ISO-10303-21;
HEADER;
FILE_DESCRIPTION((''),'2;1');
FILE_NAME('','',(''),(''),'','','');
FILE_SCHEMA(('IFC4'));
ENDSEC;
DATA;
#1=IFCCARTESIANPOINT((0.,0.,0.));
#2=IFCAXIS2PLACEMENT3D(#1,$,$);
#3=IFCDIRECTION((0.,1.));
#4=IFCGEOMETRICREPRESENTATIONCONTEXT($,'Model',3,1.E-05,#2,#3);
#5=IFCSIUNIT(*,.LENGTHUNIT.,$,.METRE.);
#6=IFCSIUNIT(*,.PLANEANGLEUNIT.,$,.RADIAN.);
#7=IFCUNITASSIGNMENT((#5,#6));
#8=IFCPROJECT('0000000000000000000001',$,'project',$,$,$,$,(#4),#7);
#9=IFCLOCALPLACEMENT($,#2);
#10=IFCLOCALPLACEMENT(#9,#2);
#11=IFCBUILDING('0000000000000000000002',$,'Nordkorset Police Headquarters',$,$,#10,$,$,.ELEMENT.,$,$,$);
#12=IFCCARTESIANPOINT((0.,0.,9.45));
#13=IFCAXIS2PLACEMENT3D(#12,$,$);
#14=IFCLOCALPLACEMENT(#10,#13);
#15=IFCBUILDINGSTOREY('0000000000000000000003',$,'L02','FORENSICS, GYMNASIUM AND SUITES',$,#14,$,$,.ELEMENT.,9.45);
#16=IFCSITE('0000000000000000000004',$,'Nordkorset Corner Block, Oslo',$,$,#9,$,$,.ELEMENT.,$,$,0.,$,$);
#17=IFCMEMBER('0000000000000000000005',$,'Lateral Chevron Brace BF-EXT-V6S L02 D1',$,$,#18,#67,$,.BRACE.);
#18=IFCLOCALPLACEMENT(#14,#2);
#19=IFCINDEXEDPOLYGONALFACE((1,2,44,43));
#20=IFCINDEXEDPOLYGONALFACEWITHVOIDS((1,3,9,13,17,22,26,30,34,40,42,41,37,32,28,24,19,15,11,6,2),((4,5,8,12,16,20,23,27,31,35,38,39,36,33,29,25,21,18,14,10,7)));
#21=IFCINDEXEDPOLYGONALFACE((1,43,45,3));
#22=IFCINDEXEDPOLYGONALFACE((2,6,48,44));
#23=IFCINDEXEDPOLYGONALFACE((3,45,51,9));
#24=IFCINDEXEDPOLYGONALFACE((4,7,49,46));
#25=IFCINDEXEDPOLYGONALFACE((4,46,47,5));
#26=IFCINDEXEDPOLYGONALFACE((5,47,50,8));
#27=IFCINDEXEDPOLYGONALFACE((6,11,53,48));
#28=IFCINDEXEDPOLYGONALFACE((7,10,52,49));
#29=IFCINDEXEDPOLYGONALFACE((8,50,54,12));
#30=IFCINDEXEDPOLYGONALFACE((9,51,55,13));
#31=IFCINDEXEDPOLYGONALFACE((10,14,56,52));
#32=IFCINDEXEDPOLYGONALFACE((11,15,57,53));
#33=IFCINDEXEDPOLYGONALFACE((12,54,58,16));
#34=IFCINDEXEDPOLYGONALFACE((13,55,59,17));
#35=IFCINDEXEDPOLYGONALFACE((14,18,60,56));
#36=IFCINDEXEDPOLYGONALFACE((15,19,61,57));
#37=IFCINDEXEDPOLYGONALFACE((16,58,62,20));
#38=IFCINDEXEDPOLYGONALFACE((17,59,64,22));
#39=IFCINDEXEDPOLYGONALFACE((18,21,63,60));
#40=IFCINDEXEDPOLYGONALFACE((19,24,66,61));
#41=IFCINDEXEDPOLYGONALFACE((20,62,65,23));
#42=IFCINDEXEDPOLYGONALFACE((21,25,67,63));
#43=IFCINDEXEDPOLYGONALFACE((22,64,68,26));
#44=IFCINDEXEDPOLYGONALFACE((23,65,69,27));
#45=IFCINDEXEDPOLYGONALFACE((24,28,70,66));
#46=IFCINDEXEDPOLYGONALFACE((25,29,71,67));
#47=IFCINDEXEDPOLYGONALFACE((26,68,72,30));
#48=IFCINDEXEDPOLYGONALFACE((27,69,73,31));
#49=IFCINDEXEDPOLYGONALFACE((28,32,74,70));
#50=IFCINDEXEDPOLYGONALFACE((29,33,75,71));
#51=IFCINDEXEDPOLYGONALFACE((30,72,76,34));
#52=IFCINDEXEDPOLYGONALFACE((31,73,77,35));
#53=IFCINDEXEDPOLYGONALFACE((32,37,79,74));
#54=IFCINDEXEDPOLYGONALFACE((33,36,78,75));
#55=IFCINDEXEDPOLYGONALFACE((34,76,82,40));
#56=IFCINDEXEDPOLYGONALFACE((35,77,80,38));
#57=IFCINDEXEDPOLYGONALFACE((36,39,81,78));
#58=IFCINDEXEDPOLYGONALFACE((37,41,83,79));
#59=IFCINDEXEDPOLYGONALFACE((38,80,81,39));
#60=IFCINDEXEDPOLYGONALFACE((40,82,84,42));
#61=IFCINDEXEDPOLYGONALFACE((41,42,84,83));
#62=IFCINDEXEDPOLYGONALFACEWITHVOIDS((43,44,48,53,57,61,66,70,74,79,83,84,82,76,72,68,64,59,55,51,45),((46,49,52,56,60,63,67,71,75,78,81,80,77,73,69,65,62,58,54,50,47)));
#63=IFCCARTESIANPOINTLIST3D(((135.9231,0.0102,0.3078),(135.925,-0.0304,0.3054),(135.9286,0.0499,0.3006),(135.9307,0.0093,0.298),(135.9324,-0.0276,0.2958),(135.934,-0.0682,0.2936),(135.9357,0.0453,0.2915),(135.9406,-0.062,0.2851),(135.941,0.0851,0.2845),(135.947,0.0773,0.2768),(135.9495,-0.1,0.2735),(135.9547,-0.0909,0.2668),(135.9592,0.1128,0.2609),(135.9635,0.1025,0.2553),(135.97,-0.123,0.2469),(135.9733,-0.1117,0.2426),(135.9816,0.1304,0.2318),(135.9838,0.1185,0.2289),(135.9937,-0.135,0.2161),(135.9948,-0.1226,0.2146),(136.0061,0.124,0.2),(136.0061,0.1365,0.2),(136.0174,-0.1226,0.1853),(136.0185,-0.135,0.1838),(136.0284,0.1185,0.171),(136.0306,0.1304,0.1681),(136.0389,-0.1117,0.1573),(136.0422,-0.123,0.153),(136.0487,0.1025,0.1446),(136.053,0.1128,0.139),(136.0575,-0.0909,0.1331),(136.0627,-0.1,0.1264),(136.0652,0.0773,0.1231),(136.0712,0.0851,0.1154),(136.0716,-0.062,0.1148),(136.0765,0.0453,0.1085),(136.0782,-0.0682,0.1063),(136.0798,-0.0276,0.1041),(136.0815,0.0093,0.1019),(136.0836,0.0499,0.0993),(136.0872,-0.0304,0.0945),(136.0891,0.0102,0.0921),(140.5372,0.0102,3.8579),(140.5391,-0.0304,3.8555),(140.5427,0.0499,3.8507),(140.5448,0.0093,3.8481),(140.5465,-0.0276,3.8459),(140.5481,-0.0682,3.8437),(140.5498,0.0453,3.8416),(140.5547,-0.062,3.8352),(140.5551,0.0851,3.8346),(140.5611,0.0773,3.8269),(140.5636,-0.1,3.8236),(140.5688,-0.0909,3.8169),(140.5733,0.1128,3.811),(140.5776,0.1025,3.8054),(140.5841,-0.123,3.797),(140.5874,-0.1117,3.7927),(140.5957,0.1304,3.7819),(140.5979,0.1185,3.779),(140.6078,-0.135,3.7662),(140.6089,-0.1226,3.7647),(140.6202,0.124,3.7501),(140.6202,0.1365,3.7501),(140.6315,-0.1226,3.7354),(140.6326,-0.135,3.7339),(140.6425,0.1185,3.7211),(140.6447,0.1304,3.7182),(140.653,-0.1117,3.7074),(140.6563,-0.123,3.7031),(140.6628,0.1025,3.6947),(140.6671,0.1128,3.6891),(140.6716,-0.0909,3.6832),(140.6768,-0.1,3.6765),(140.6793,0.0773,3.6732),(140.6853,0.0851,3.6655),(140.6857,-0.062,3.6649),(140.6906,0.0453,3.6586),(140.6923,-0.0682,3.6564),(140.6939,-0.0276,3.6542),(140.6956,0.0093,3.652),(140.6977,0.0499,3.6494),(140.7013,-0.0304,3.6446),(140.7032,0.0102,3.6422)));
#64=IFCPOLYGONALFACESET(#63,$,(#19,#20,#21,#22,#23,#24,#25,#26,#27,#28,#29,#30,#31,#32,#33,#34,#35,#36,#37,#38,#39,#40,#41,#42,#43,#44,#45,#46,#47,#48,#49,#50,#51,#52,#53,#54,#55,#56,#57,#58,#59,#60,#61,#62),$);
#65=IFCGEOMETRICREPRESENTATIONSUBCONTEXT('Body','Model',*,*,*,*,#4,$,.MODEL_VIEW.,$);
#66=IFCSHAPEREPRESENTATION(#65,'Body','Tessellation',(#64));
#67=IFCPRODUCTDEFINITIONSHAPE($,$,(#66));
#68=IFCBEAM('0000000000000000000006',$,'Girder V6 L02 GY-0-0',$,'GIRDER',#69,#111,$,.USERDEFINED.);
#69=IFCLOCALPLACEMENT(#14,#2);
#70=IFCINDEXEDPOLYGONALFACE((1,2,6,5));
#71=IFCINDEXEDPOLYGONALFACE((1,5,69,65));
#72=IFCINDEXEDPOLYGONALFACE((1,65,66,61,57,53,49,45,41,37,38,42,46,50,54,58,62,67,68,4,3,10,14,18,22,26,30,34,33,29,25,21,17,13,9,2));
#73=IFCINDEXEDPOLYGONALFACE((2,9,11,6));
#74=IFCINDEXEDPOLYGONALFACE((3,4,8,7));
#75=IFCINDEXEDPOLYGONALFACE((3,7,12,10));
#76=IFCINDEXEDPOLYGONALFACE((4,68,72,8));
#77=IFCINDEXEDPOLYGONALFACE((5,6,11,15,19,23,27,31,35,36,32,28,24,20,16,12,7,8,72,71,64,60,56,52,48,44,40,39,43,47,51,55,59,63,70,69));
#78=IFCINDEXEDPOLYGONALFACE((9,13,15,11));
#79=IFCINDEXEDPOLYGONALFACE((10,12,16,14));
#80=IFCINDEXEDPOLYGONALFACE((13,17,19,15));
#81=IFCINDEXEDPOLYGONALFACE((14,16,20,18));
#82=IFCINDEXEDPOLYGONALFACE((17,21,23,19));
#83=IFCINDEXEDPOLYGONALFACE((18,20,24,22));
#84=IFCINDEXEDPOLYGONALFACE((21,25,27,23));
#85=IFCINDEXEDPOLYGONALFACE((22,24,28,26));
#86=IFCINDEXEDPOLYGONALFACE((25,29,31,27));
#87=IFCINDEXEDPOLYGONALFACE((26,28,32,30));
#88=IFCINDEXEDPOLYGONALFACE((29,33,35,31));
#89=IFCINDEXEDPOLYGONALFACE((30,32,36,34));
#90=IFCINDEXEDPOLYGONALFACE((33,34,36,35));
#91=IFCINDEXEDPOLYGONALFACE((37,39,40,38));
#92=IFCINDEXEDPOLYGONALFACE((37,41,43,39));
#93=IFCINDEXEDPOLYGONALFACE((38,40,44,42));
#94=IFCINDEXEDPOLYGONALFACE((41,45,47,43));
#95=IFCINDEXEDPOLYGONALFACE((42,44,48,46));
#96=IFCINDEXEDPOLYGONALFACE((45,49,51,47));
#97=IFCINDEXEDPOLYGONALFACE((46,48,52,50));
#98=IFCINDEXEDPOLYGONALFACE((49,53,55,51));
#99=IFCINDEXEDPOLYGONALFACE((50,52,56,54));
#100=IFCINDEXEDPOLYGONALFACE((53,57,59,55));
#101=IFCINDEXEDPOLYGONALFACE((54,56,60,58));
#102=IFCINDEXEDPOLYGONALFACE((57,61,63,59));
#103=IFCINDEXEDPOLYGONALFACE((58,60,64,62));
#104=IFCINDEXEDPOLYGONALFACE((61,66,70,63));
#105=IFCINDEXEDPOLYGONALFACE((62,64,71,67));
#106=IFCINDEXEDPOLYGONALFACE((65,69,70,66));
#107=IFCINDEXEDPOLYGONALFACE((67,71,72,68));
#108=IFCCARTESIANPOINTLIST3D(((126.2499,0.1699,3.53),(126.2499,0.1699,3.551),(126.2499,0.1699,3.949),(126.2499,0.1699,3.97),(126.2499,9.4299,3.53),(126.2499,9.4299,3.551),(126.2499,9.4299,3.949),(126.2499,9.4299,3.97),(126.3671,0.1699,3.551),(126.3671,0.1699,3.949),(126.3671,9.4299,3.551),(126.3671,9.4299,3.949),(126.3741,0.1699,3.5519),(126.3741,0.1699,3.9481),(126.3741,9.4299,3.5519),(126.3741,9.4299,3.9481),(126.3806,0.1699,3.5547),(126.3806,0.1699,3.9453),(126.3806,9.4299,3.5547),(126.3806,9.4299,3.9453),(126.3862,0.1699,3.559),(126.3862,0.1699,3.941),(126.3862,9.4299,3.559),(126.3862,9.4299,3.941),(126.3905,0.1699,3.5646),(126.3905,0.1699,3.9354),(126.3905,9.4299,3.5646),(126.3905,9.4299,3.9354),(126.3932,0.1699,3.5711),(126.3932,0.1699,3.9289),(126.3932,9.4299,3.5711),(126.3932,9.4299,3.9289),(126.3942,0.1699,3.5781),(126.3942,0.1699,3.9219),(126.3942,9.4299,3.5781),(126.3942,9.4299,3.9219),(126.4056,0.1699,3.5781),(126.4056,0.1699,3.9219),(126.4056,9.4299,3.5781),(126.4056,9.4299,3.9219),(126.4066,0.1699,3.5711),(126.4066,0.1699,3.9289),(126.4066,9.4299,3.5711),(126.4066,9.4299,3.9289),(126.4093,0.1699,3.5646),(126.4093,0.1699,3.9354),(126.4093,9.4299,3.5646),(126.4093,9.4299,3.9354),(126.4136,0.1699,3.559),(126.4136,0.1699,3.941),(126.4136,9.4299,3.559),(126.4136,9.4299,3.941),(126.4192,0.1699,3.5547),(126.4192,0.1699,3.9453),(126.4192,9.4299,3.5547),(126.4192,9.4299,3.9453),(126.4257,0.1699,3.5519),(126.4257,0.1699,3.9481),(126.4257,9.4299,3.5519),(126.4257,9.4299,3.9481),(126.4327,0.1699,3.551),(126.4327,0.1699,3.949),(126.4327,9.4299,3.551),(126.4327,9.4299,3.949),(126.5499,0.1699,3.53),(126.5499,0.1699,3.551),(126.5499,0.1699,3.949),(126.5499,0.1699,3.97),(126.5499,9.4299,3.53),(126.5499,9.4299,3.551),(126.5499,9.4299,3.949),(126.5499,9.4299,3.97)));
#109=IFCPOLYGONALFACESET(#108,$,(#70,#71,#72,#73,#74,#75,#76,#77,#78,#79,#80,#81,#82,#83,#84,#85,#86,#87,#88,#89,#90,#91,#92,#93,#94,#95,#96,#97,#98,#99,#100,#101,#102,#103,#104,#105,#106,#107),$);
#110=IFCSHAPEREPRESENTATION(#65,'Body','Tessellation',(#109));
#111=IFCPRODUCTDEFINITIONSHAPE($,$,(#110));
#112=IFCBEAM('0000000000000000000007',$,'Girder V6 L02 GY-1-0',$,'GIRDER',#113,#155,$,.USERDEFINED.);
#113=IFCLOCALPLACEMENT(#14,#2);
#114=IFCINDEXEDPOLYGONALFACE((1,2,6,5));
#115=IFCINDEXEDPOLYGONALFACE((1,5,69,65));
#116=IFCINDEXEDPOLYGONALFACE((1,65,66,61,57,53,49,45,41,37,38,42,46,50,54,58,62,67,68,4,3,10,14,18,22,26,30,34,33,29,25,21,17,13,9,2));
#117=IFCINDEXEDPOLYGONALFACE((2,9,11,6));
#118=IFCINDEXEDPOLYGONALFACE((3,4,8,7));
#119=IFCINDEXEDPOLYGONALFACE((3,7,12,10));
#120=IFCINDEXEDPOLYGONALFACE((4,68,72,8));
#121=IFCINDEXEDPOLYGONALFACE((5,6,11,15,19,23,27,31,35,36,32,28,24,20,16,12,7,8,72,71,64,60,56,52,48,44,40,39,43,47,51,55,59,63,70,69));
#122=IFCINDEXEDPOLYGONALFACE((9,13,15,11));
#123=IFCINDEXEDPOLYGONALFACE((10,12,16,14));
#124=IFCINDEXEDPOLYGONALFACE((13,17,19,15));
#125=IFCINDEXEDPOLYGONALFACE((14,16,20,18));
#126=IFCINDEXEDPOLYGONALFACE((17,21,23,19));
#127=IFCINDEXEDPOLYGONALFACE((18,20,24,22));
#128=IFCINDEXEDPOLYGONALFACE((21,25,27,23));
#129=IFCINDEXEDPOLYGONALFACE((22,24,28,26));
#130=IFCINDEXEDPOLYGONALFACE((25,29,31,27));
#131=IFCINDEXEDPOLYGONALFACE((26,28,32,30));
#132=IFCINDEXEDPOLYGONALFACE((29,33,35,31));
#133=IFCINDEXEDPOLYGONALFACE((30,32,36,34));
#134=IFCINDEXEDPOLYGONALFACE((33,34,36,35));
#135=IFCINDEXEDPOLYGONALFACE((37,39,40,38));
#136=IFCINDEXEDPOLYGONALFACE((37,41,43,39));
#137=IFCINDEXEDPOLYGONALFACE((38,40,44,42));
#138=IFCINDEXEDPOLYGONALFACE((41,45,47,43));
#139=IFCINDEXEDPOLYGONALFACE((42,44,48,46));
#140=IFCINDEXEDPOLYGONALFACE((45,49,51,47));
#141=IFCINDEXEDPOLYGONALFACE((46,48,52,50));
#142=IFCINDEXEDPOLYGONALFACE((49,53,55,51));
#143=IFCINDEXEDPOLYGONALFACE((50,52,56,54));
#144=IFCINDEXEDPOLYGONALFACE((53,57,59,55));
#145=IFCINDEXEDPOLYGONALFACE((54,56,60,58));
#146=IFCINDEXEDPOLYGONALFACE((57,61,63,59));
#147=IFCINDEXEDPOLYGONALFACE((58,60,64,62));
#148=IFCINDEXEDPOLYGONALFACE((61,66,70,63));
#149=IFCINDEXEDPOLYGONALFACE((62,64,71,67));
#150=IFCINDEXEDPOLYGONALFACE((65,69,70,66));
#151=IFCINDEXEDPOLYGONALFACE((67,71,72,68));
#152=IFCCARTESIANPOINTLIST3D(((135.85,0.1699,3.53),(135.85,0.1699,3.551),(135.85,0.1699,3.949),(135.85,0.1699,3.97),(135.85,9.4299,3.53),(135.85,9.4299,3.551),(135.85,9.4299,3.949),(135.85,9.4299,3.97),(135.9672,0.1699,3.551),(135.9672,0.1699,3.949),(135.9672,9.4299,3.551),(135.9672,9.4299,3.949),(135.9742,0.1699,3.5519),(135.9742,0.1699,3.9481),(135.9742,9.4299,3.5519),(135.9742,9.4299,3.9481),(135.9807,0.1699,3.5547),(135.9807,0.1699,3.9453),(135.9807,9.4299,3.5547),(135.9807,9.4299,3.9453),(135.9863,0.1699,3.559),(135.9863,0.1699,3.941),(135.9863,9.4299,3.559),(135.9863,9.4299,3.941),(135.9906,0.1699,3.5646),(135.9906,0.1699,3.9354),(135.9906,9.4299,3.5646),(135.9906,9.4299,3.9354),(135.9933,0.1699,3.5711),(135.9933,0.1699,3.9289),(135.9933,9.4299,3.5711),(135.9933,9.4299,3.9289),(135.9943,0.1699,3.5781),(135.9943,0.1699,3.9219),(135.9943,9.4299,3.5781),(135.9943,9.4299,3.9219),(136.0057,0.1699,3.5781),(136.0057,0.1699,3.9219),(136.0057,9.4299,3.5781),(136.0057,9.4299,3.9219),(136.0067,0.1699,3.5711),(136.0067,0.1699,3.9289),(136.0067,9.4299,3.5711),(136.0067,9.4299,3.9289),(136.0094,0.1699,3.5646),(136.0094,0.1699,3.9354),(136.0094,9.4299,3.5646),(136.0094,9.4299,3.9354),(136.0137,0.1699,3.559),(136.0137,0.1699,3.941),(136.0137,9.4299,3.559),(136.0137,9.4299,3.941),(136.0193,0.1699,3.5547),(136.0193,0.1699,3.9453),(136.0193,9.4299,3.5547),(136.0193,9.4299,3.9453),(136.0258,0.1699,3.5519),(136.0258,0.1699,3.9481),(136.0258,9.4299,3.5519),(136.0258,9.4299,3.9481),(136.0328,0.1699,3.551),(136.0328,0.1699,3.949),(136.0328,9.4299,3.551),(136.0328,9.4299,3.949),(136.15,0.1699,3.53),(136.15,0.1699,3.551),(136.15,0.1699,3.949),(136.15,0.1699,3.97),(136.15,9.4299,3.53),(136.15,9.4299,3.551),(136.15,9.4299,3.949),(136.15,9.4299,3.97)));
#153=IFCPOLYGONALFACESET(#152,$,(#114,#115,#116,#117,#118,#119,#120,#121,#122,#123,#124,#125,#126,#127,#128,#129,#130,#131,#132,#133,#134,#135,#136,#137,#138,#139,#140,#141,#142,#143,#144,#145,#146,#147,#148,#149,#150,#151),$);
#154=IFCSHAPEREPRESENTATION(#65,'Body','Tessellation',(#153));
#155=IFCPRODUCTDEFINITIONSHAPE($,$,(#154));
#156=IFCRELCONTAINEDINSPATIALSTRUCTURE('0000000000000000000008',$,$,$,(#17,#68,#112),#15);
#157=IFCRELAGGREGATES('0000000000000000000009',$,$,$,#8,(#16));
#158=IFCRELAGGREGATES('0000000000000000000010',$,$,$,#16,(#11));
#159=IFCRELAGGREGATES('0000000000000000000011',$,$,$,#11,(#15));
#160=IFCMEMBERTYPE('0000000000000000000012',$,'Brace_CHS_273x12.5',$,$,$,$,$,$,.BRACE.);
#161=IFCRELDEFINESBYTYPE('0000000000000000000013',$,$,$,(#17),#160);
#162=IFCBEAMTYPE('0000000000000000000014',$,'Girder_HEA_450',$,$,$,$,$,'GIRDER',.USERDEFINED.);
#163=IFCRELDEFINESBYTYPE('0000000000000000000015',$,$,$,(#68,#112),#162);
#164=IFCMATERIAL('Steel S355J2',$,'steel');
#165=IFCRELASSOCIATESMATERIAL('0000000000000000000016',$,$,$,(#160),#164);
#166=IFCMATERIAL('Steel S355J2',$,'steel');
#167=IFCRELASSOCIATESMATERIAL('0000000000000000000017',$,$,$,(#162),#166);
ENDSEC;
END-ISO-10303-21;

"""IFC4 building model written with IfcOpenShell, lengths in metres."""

from ifc_helpers import new_model, si_unit, direction, frame, origin, origin_2d, place, context, subcontext, project, spatial, hollow_circle, i_section, extrude, material, material_profile, profile_set, type_object, element, save


model = new_model("IFC4")

# Units and contexts
model_context = context("Model", 3, precision=1e-05, world=origin(), true_north=direction((0.0, 1.0)))
body_context = subcontext(model_context, "Body", "Model", "MODEL_VIEW")
ifc_project = project(units=[si_unit("LENGTHUNIT", "METRE"), si_unit("PLANEANGLEUNIT", "RADIAN")], contexts=[model_context])

# Site, building, storey
site_placement = place(None, origin())
site = spatial("IfcSite", under=ifc_project, at=site_placement, Name="Nordkorset Corner Block, Oslo", CompositionType="ELEMENT", RefElevation=0.0)
building_placement = place(site_placement, origin())
building = spatial("IfcBuilding", under=site, at=building_placement, Name="Nordkorset Police Headquarters", CompositionType="ELEMENT")
storey_placement = place(building_placement, frame((0.0, 0.0, 9.45)))
storey = spatial("IfcBuildingStorey", under=building, at=storey_placement, Name="L02", Description="FORENSICS, GYMNASIUM AND SUITES", CompositionType="ELEMENT", Elevation=9.45)

# Member
ifc_material_1 = material(Name="Steel S355J2", Category="steel")
ifc_material_profile_1 = material_profile(ifc_material_1, hollow_circle(Radius=0.1365, WallThickness=0.0125, at=origin_2d()), Name="CHS 273x12.5")
ifc_profile_set_1 = profile_set([ifc_material_profile_1], Name="Steel S355J2")
member_type = type_object("IfcMemberType", Name="Brace_CHS_273x12.5", PredefinedType="BRACE", material=ifc_profile_set_1)
member_placement = place(storey_placement, frame((136.0061, 0.0, 0.2), z_axis=(0.792557, 0.0, 0.609798), x_axis=(0.0, 1.0, 0.0)))
element("IfcMember", 1, at=member_placement, inside=storey, type_object=member_type, Name="Lateral Chevron Brace BF-EXT-V6S L02 D1", PredefinedType="BRACE", context=body_context, shape_type="SweptSolid", body=[
    extrude(hollow_circle(Radius=0.1365, WallThickness=0.0125, at=origin_2d()), origin(), (0.0, 0.0, 1.0), 5.8218),
])

# Beams
ifc_material_2 = material(Name="Steel S355J2", Category="steel")
ifc_material_profile_2 = material_profile(ifc_material_2, i_section(OverallWidth=0.3, OverallDepth=0.4399, WebThickness=0.0115, FlangeThickness=0.021, FilletRadius=0.0271, at=origin_2d()), Name="HEA 450")
ifc_profile_set_2 = profile_set([ifc_material_profile_2], Name="Steel S355J2")
beam_type_1 = type_object("IfcBeamType", Name="Girder_HEA_450", ElementType="GIRDER", PredefinedType="USERDEFINED", material=ifc_profile_set_2)
for number, where, z_axis, x_axis, name in (
    (2, (126.3999, 0.1699, 3.75), (0.0, 1.0, 0.0), (-1.0, 0.0, 0.0), "Girder V6 L02 GY-0-0"),
    (3, (136.0, 0.1699, 3.75), (0.0, 1.0, 0.0), (-1.0, 0.0, 0.0), "Girder V6 L02 GY-1-0"),
):
    element("IfcBeam", number, at=place(storey_placement, frame(where, z_axis=z_axis, x_axis=x_axis)), inside=storey, type_object=beam_type_1, Name=name, ObjectType="GIRDER", PredefinedType="USERDEFINED", context=body_context, shape_type="SweptSolid", body=[
        extrude(i_section(OverallWidth=0.3, OverallDepth=0.4399, WebThickness=0.0115, FlangeThickness=0.021, FilletRadius=0.0271, at=origin_2d()), origin(), (0.0, 0.0, 1.0), 9.26),
    ])

save(model, "model.ifc")
